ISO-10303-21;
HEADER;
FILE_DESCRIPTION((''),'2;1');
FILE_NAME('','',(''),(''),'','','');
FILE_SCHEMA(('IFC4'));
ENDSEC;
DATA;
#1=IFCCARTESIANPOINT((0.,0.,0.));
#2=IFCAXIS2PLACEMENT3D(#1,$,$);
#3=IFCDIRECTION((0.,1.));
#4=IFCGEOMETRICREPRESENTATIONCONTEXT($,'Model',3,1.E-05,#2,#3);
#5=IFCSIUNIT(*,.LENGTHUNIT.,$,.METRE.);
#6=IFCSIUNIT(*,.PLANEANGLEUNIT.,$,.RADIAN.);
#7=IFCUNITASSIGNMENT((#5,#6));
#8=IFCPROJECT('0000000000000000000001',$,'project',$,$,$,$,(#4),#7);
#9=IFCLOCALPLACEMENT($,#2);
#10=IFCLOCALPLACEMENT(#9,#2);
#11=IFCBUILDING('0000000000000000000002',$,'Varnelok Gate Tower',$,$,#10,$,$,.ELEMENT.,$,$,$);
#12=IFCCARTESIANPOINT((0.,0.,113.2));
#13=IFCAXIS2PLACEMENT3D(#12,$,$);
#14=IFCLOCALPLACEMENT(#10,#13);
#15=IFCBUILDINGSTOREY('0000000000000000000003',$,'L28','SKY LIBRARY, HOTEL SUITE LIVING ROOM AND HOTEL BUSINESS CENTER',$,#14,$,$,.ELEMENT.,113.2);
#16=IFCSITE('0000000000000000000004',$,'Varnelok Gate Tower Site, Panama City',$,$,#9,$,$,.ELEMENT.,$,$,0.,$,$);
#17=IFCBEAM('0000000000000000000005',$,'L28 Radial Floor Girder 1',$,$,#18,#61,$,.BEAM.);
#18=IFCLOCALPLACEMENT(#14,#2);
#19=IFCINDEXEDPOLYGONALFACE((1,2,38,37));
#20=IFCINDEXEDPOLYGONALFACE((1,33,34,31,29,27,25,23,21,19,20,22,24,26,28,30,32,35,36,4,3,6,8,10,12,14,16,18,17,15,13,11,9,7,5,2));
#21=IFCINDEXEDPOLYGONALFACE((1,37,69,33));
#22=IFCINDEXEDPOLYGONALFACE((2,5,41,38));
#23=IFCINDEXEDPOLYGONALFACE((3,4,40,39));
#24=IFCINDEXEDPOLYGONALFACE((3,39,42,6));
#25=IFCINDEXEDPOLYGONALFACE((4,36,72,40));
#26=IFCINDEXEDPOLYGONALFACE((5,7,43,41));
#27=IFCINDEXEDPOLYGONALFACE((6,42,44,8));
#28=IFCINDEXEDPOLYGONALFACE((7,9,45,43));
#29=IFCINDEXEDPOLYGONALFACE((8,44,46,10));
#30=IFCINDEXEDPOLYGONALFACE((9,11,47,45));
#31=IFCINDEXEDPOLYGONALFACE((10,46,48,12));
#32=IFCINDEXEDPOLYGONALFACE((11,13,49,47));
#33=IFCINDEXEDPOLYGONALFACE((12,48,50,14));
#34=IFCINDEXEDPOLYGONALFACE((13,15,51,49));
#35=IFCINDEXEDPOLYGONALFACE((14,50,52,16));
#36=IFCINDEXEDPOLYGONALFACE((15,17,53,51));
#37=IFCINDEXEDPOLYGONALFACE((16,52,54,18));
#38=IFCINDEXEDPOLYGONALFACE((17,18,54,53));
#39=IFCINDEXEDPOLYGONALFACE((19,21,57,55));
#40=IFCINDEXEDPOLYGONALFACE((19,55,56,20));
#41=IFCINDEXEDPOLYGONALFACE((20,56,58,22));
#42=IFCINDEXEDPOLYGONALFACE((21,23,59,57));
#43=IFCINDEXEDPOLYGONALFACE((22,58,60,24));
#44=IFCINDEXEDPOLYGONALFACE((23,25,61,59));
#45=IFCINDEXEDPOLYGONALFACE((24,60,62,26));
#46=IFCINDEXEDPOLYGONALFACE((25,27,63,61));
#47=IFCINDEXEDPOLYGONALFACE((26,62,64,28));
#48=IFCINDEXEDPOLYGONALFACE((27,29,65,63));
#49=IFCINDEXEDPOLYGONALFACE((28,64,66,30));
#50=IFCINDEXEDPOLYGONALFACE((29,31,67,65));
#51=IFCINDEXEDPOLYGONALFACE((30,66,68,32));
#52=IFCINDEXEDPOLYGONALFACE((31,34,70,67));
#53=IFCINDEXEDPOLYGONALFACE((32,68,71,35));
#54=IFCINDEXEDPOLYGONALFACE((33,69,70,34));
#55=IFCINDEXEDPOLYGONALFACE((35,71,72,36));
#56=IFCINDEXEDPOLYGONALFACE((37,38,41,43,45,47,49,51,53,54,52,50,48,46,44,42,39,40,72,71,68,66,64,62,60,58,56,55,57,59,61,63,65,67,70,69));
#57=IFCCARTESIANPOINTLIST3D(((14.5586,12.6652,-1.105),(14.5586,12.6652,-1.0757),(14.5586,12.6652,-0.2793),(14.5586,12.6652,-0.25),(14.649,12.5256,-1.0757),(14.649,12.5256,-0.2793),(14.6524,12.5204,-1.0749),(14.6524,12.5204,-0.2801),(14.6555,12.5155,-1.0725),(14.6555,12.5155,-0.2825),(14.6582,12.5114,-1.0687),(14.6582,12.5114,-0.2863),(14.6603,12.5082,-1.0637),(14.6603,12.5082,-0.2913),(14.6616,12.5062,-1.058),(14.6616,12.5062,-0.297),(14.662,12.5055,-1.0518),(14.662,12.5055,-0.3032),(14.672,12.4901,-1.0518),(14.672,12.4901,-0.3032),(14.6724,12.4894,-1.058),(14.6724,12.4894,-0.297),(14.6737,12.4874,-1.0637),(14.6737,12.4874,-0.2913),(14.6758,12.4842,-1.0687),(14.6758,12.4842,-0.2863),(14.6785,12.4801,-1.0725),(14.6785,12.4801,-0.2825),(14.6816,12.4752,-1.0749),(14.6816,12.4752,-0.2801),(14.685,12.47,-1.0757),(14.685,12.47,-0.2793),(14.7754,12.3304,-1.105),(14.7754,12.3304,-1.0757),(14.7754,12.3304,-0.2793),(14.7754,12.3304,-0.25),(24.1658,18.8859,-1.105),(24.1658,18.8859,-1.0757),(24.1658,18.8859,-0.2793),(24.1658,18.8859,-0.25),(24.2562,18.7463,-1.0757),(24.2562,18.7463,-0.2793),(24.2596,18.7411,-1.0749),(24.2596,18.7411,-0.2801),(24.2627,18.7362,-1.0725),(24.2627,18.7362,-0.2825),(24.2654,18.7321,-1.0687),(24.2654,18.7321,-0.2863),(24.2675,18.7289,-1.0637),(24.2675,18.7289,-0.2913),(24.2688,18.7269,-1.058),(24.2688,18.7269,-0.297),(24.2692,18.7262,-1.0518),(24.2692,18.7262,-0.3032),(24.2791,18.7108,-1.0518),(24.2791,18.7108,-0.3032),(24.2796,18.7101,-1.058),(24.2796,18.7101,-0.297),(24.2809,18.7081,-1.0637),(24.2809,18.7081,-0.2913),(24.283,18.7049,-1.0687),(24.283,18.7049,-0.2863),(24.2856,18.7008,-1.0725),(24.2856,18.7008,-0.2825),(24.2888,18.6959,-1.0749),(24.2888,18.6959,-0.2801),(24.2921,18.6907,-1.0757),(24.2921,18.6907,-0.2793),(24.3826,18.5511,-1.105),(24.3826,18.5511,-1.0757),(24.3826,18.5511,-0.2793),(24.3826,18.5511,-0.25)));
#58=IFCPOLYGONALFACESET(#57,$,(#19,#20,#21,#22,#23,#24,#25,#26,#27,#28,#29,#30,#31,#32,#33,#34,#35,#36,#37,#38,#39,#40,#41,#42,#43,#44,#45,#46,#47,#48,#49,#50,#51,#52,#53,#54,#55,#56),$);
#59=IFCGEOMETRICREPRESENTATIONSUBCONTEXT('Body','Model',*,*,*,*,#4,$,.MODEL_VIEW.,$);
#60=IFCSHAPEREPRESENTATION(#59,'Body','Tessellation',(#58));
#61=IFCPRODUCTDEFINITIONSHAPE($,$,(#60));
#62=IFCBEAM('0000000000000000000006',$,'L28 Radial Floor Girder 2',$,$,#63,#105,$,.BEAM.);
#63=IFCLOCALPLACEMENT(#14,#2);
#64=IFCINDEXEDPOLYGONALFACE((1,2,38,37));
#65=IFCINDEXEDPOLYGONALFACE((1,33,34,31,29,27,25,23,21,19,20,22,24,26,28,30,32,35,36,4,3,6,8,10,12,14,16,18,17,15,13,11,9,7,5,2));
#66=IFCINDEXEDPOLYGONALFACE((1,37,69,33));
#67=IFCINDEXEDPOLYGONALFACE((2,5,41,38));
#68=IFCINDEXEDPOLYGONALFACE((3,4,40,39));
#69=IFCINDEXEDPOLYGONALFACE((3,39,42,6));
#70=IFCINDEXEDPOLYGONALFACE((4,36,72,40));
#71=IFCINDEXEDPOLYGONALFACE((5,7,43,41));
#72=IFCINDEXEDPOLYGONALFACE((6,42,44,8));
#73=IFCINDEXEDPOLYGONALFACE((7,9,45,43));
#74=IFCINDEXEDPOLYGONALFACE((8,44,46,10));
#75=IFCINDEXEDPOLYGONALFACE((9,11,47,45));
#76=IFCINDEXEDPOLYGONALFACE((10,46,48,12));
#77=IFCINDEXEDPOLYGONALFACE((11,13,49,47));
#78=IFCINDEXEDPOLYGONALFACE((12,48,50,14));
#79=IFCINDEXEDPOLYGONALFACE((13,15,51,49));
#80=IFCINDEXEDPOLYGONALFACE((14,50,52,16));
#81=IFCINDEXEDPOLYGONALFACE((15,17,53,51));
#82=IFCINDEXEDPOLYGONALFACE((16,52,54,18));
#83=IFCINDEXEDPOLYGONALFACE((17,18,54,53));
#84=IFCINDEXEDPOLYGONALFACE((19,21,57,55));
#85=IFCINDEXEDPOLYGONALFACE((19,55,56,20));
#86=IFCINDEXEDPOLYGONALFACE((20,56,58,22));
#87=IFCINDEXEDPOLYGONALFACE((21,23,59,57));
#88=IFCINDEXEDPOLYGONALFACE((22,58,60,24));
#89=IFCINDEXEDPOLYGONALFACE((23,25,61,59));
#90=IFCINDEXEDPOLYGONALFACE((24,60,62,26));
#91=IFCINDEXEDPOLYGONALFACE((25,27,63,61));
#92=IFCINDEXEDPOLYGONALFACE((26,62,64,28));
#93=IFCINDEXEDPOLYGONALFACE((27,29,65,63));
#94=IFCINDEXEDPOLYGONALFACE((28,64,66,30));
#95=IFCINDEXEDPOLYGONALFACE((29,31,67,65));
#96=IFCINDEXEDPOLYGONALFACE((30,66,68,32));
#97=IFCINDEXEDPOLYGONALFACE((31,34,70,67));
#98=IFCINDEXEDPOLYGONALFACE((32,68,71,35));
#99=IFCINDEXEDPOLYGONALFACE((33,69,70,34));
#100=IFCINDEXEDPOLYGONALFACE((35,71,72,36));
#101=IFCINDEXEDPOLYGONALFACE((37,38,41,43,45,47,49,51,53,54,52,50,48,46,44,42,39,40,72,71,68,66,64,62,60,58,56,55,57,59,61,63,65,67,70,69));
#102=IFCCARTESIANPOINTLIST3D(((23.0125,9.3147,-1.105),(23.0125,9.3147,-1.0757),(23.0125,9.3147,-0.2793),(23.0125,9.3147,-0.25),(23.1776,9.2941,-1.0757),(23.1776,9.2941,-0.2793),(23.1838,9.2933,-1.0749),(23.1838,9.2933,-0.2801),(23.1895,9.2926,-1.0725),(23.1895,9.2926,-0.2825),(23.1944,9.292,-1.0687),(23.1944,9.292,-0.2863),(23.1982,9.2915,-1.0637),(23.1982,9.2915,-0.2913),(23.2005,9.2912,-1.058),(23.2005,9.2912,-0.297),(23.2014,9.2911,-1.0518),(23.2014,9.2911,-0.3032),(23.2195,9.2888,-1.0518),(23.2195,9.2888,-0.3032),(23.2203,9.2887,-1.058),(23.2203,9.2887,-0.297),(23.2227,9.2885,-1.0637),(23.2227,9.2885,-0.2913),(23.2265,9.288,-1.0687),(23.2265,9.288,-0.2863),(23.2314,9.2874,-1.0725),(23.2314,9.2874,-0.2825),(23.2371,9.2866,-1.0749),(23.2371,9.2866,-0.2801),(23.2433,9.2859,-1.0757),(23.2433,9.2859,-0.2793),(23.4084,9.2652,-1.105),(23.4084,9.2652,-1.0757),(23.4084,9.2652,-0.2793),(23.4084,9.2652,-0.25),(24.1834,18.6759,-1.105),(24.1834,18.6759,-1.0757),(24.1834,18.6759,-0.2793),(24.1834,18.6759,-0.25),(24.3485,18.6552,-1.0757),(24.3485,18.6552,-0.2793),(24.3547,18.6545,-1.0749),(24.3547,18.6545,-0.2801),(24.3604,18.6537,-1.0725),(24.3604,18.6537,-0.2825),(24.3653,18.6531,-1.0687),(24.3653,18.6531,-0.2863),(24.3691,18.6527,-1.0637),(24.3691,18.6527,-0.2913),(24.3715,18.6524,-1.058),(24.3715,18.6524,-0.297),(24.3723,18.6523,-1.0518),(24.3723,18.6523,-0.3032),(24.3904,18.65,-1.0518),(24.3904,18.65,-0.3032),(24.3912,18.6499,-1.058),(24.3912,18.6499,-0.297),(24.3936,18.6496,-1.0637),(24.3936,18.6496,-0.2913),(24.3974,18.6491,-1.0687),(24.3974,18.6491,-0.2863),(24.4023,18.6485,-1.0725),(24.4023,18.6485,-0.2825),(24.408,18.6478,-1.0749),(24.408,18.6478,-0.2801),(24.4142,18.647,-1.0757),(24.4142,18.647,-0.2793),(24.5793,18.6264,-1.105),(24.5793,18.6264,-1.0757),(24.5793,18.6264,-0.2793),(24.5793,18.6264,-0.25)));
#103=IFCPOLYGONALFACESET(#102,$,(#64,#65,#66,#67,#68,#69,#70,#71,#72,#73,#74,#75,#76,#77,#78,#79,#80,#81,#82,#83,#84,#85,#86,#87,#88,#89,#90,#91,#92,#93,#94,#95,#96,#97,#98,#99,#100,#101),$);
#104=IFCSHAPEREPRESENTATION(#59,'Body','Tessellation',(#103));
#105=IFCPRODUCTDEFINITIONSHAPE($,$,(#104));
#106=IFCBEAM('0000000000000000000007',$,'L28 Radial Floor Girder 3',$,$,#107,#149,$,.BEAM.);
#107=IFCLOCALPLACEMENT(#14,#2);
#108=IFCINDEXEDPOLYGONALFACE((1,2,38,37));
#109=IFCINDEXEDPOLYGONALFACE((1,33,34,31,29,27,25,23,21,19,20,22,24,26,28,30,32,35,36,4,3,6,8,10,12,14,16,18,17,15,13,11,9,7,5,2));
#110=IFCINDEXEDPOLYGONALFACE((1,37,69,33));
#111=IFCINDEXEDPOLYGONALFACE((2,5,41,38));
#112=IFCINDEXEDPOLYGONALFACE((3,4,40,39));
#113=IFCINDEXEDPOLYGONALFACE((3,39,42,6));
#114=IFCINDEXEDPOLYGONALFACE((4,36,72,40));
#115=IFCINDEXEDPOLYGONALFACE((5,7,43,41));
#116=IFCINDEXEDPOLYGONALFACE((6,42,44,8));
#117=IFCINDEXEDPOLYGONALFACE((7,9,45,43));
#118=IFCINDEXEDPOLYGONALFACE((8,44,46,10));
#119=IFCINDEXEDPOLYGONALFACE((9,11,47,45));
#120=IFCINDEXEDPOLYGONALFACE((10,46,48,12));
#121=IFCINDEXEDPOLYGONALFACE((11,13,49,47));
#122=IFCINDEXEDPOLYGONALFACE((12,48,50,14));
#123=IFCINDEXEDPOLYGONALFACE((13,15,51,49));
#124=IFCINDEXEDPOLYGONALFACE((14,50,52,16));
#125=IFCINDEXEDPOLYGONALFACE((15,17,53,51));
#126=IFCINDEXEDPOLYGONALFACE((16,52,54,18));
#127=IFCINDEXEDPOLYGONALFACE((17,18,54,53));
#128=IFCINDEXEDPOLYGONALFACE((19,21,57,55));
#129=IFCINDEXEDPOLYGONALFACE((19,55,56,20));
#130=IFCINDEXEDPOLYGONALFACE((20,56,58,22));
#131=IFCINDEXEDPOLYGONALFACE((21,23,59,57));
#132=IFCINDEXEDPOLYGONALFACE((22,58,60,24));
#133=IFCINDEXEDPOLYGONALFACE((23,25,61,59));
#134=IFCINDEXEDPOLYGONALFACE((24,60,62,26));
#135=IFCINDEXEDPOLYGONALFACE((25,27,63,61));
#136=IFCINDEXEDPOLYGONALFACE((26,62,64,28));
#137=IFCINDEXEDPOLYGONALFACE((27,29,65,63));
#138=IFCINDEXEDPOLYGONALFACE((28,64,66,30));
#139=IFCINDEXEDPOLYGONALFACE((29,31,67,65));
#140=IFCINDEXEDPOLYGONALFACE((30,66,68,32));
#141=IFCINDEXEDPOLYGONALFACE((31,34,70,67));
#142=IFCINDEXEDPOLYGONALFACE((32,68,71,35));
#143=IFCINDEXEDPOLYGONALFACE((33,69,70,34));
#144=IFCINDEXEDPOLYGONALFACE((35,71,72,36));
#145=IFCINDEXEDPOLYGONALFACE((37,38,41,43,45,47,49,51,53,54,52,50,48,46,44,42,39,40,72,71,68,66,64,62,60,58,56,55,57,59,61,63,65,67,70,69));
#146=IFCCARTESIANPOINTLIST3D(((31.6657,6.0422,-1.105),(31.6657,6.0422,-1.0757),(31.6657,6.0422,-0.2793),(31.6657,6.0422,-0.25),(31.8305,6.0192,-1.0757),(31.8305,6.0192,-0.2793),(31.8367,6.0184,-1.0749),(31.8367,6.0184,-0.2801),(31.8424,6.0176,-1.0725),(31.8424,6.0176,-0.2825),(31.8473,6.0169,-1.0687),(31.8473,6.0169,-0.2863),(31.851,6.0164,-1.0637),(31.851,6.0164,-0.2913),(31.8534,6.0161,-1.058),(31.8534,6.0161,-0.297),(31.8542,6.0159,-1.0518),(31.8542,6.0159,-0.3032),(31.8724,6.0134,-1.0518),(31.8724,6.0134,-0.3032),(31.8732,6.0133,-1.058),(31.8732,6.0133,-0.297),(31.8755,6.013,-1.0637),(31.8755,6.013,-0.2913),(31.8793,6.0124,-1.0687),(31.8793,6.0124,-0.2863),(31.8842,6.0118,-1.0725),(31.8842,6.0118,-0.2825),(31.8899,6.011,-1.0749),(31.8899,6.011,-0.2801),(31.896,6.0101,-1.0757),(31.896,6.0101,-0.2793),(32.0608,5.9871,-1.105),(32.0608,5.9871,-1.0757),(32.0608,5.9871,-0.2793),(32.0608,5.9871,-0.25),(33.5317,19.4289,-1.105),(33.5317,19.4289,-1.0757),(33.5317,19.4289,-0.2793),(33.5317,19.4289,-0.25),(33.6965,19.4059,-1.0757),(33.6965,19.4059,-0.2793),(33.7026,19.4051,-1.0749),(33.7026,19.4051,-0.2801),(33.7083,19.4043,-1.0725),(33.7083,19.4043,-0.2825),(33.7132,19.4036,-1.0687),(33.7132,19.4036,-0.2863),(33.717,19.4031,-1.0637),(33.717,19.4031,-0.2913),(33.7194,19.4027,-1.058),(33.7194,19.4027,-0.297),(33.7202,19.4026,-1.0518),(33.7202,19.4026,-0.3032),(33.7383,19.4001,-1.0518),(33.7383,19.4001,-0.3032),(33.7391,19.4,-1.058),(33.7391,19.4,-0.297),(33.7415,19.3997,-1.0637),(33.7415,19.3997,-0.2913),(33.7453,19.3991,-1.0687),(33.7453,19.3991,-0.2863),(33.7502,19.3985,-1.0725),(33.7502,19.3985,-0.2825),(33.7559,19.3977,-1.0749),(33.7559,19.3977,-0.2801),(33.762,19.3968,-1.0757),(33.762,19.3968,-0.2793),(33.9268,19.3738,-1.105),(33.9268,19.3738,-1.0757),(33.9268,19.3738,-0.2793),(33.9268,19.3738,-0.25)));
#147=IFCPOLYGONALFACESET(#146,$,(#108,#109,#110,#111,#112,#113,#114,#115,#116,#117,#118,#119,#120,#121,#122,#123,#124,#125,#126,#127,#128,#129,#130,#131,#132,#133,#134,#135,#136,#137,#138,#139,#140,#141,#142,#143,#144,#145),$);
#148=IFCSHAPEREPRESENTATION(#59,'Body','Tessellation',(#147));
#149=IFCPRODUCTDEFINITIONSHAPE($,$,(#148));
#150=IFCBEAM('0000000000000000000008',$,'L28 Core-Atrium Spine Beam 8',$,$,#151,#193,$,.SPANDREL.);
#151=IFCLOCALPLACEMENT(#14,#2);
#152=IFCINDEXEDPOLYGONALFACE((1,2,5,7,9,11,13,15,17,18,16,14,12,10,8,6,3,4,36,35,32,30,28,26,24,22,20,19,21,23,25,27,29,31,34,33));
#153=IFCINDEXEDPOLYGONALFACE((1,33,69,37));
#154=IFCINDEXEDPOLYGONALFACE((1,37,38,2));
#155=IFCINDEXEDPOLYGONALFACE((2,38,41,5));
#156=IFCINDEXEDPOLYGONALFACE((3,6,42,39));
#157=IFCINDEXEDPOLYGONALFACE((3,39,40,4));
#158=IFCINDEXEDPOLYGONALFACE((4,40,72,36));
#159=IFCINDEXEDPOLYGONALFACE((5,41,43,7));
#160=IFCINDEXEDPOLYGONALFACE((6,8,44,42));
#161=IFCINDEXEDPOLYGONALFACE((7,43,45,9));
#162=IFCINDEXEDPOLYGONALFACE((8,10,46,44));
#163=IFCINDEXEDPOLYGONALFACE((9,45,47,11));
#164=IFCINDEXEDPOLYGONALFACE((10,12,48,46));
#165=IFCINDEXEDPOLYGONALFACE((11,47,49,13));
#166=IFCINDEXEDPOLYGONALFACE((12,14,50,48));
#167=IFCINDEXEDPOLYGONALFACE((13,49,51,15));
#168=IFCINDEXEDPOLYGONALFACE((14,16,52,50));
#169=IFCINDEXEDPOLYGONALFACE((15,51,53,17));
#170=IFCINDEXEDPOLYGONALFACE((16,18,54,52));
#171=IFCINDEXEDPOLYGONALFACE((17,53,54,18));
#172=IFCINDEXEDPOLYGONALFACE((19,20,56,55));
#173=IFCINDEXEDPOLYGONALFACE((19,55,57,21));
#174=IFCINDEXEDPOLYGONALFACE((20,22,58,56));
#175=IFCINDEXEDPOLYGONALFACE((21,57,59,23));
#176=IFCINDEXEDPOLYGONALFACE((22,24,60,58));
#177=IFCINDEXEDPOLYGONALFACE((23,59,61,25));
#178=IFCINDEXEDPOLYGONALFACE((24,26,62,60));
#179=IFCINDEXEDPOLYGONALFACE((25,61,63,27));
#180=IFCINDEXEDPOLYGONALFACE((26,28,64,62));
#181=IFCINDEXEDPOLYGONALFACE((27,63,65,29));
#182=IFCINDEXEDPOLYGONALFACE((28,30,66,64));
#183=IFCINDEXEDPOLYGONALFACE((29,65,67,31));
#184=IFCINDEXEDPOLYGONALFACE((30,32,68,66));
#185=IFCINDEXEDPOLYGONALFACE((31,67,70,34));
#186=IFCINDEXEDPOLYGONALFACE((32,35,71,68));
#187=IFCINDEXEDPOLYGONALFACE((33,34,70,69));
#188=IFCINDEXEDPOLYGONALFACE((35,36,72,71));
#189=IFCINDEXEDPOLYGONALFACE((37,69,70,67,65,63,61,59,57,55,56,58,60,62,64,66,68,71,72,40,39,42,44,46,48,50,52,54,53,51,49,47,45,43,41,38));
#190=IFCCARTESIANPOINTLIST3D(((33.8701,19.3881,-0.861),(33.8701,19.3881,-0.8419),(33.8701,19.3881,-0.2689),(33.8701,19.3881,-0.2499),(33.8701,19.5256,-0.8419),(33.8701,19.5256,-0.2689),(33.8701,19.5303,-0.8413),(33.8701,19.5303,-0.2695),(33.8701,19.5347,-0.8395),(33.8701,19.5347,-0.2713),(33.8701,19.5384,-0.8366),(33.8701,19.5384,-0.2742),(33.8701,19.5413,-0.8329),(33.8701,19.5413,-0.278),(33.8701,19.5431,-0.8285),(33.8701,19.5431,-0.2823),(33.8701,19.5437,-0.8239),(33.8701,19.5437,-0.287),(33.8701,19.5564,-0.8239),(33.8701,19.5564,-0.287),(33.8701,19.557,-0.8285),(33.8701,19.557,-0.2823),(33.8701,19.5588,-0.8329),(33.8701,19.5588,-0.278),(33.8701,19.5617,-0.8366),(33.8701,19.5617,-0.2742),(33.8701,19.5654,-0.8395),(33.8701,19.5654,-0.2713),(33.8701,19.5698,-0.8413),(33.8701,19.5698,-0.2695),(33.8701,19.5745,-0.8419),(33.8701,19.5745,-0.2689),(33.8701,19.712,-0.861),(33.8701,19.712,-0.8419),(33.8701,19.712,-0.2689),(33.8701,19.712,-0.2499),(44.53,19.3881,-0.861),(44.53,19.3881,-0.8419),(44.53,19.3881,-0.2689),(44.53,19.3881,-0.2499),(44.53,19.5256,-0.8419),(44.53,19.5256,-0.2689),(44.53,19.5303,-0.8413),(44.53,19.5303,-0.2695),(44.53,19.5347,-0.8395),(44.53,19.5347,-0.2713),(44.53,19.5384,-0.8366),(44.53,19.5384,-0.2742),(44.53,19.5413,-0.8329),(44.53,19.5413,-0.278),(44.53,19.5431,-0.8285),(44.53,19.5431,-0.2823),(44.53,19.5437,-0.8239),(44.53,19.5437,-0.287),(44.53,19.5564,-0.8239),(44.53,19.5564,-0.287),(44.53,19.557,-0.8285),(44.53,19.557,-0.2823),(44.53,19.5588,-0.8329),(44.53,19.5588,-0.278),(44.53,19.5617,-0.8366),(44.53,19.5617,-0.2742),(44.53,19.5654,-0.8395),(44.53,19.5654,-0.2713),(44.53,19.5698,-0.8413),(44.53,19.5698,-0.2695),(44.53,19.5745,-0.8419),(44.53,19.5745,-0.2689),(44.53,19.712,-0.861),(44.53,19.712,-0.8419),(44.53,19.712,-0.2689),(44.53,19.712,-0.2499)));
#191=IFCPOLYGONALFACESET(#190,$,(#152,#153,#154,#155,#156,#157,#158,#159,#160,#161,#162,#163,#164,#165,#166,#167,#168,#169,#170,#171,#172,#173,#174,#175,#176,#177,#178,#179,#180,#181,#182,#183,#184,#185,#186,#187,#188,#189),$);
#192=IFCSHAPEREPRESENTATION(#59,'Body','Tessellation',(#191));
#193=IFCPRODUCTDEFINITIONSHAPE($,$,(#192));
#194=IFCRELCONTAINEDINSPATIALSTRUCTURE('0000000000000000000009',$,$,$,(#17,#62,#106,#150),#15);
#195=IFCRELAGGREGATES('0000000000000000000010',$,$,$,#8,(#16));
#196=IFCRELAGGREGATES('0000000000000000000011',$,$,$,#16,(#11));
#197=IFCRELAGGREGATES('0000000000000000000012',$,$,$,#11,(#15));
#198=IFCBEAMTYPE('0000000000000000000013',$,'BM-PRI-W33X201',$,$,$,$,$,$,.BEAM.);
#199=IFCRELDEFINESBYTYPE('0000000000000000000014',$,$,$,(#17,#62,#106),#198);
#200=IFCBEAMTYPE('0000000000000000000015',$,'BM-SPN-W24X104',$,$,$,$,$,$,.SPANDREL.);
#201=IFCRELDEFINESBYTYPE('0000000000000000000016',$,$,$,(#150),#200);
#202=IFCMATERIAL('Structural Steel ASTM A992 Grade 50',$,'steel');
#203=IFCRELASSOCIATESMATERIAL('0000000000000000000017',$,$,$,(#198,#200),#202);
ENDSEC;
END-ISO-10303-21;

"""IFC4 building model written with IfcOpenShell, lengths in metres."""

from ifc_helpers import new_model, si_unit, direction, frame, origin, origin_2d, place, context, subcontext, project, spatial, i_section, extrude, material, material_profile, profile_set, type_object, element, save


model = new_model("IFC4")

# Units and contexts
model_context = context("Model", 3, precision=1e-05, world=origin(), true_north=direction((0.0, 1.0)))
body_context = subcontext(model_context, "Body", "Model", "MODEL_VIEW")
ifc_project = project(units=[si_unit("LENGTHUNIT", "METRE"), si_unit("PLANEANGLEUNIT", "RADIAN")], contexts=[model_context])

# Site, building, storey
site_placement = place(None, origin())
site = spatial("IfcSite", under=ifc_project, at=site_placement, Name="Varnelok Gate Tower Site, Panama City", CompositionType="ELEMENT", RefElevation=0.0)
building_placement = place(site_placement, origin())
building = spatial("IfcBuilding", under=site, at=building_placement, Name="Varnelok Gate Tower", CompositionType="ELEMENT")
storey_placement = place(building_placement, frame((0.0, 0.0, 113.2)))
storey = spatial("IfcBuildingStorey", under=building, at=storey_placement, Name="L28", Description="SKY LIBRARY, HOTEL SUITE LIVING ROOM AND HOTEL BUSINESS CENTER", CompositionType="ELEMENT", Elevation=113.2)

# Shared definitions
ifc_material_1 = material(Name="Structural Steel ASTM A992 Grade 50", Category="steel")

# Beams
ifc_material_profile_1 = material_profile(ifc_material_1, i_section(OverallWidth=0.3989, OverallDepth=0.855, WebThickness=0.0183, FlangeThickness=0.0293, FilletRadius=0.0239, at=origin_2d()), Name="W33X201")
ifc_profile_set_1 = profile_set([ifc_material_profile_1], Name="Structural Steel ASTM A992 Grade 50")
beam_type_1 = type_object("IfcBeamType", Name="BM-PRI-W33X201", PredefinedType="BEAM", material=ifc_profile_set_1)
beam_1_placement = place(storey_placement, frame((24.2742, 18.7185, -0.6775), z_axis=(-0.839399, -0.543516, 0.0), x_axis=(0.543516, -0.839399, 0.0)))
element("IfcBeam", 1, at=beam_1_placement, inside=storey, type_object=beam_type_1, Name="L28 Radial Floor Girder 1", PredefinedType="BEAM", context=body_context, shape_type="SweptSolid", body=[
    extrude(i_section(OverallWidth=0.3989, OverallDepth=0.855, WebThickness=0.0183, FlangeThickness=0.0293, FilletRadius=0.0239, at=origin_2d()), origin(), (0.0, 0.0, 1.0), 11.4453),
])
beam_2_placement = place(storey_placement, frame((24.3813, 18.6511, -0.6775), z_axis=(-0.124114, -0.992268, 0.0), x_axis=(0.992268, -0.124114, 0.0)))
element("IfcBeam", 2, at=beam_2_placement, inside=storey, type_object=beam_type_1, Name="L28 Radial Floor Girder 2", PredefinedType="BEAM", context=body_context, shape_type="SweptSolid", body=[
    extrude(i_section(OverallWidth=0.3989, OverallDepth=0.855, WebThickness=0.0183, FlangeThickness=0.0293, FilletRadius=0.0239, at=origin_2d()), origin(), (0.0, 0.0, 1.0), 9.4341),
])
beam_3_placement = place(storey_placement, frame((33.7292, 19.4014, -0.6775), z_axis=(-0.138055, -0.990425, 0.0), x_axis=(0.990425, -0.138055, 0.0)))
element("IfcBeam", 3, at=beam_3_placement, inside=storey, type_object=beam_type_1, Name="L28 Radial Floor Girder 3", PredefinedType="BEAM", context=body_context, shape_type="SweptSolid", body=[
    extrude(i_section(OverallWidth=0.3989, OverallDepth=0.855, WebThickness=0.0183, FlangeThickness=0.0293, FilletRadius=0.0239, at=origin_2d()), origin(), (0.0, 0.0, 1.0), 13.5161),
])
ifc_material_profile_2 = material_profile(ifc_material_1, i_section(OverallWidth=0.324, OverallDepth=0.6111, WebThickness=0.0127, FlangeThickness=0.019, FilletRadius=0.0181, at=origin_2d()), Name="W24X104")
ifc_profile_set_2 = profile_set([ifc_material_profile_2], Name="Structural Steel ASTM A992 Grade 50")
beam_type_2 = type_object("IfcBeamType", Name="BM-SPN-W24X104", PredefinedType="SPANDREL", material=ifc_profile_set_2)
for number, where, z_axis, x_axis, name in (
    (4, (33.8701, 19.55, -0.5554), (1.0, 0.0, 0.0), (0.0, 1.0, 0.0), "L28 Core-Atrium Spine Beam 8"),
):
    element("IfcBeam", number, at=place(storey_placement, frame(where, z_axis=z_axis, x_axis=x_axis)), inside=storey, type_object=beam_type_2, Name=name, PredefinedType="SPANDREL", context=body_context, shape_type="SweptSolid", body=[
        extrude(i_section(OverallWidth=0.324, OverallDepth=0.6111, WebThickness=0.0127, FlangeThickness=0.019, FilletRadius=0.0181, at=origin_2d()), origin(), (0.0, 0.0, 1.0), 10.6599),
    ])

save(model, "model.ifc")
